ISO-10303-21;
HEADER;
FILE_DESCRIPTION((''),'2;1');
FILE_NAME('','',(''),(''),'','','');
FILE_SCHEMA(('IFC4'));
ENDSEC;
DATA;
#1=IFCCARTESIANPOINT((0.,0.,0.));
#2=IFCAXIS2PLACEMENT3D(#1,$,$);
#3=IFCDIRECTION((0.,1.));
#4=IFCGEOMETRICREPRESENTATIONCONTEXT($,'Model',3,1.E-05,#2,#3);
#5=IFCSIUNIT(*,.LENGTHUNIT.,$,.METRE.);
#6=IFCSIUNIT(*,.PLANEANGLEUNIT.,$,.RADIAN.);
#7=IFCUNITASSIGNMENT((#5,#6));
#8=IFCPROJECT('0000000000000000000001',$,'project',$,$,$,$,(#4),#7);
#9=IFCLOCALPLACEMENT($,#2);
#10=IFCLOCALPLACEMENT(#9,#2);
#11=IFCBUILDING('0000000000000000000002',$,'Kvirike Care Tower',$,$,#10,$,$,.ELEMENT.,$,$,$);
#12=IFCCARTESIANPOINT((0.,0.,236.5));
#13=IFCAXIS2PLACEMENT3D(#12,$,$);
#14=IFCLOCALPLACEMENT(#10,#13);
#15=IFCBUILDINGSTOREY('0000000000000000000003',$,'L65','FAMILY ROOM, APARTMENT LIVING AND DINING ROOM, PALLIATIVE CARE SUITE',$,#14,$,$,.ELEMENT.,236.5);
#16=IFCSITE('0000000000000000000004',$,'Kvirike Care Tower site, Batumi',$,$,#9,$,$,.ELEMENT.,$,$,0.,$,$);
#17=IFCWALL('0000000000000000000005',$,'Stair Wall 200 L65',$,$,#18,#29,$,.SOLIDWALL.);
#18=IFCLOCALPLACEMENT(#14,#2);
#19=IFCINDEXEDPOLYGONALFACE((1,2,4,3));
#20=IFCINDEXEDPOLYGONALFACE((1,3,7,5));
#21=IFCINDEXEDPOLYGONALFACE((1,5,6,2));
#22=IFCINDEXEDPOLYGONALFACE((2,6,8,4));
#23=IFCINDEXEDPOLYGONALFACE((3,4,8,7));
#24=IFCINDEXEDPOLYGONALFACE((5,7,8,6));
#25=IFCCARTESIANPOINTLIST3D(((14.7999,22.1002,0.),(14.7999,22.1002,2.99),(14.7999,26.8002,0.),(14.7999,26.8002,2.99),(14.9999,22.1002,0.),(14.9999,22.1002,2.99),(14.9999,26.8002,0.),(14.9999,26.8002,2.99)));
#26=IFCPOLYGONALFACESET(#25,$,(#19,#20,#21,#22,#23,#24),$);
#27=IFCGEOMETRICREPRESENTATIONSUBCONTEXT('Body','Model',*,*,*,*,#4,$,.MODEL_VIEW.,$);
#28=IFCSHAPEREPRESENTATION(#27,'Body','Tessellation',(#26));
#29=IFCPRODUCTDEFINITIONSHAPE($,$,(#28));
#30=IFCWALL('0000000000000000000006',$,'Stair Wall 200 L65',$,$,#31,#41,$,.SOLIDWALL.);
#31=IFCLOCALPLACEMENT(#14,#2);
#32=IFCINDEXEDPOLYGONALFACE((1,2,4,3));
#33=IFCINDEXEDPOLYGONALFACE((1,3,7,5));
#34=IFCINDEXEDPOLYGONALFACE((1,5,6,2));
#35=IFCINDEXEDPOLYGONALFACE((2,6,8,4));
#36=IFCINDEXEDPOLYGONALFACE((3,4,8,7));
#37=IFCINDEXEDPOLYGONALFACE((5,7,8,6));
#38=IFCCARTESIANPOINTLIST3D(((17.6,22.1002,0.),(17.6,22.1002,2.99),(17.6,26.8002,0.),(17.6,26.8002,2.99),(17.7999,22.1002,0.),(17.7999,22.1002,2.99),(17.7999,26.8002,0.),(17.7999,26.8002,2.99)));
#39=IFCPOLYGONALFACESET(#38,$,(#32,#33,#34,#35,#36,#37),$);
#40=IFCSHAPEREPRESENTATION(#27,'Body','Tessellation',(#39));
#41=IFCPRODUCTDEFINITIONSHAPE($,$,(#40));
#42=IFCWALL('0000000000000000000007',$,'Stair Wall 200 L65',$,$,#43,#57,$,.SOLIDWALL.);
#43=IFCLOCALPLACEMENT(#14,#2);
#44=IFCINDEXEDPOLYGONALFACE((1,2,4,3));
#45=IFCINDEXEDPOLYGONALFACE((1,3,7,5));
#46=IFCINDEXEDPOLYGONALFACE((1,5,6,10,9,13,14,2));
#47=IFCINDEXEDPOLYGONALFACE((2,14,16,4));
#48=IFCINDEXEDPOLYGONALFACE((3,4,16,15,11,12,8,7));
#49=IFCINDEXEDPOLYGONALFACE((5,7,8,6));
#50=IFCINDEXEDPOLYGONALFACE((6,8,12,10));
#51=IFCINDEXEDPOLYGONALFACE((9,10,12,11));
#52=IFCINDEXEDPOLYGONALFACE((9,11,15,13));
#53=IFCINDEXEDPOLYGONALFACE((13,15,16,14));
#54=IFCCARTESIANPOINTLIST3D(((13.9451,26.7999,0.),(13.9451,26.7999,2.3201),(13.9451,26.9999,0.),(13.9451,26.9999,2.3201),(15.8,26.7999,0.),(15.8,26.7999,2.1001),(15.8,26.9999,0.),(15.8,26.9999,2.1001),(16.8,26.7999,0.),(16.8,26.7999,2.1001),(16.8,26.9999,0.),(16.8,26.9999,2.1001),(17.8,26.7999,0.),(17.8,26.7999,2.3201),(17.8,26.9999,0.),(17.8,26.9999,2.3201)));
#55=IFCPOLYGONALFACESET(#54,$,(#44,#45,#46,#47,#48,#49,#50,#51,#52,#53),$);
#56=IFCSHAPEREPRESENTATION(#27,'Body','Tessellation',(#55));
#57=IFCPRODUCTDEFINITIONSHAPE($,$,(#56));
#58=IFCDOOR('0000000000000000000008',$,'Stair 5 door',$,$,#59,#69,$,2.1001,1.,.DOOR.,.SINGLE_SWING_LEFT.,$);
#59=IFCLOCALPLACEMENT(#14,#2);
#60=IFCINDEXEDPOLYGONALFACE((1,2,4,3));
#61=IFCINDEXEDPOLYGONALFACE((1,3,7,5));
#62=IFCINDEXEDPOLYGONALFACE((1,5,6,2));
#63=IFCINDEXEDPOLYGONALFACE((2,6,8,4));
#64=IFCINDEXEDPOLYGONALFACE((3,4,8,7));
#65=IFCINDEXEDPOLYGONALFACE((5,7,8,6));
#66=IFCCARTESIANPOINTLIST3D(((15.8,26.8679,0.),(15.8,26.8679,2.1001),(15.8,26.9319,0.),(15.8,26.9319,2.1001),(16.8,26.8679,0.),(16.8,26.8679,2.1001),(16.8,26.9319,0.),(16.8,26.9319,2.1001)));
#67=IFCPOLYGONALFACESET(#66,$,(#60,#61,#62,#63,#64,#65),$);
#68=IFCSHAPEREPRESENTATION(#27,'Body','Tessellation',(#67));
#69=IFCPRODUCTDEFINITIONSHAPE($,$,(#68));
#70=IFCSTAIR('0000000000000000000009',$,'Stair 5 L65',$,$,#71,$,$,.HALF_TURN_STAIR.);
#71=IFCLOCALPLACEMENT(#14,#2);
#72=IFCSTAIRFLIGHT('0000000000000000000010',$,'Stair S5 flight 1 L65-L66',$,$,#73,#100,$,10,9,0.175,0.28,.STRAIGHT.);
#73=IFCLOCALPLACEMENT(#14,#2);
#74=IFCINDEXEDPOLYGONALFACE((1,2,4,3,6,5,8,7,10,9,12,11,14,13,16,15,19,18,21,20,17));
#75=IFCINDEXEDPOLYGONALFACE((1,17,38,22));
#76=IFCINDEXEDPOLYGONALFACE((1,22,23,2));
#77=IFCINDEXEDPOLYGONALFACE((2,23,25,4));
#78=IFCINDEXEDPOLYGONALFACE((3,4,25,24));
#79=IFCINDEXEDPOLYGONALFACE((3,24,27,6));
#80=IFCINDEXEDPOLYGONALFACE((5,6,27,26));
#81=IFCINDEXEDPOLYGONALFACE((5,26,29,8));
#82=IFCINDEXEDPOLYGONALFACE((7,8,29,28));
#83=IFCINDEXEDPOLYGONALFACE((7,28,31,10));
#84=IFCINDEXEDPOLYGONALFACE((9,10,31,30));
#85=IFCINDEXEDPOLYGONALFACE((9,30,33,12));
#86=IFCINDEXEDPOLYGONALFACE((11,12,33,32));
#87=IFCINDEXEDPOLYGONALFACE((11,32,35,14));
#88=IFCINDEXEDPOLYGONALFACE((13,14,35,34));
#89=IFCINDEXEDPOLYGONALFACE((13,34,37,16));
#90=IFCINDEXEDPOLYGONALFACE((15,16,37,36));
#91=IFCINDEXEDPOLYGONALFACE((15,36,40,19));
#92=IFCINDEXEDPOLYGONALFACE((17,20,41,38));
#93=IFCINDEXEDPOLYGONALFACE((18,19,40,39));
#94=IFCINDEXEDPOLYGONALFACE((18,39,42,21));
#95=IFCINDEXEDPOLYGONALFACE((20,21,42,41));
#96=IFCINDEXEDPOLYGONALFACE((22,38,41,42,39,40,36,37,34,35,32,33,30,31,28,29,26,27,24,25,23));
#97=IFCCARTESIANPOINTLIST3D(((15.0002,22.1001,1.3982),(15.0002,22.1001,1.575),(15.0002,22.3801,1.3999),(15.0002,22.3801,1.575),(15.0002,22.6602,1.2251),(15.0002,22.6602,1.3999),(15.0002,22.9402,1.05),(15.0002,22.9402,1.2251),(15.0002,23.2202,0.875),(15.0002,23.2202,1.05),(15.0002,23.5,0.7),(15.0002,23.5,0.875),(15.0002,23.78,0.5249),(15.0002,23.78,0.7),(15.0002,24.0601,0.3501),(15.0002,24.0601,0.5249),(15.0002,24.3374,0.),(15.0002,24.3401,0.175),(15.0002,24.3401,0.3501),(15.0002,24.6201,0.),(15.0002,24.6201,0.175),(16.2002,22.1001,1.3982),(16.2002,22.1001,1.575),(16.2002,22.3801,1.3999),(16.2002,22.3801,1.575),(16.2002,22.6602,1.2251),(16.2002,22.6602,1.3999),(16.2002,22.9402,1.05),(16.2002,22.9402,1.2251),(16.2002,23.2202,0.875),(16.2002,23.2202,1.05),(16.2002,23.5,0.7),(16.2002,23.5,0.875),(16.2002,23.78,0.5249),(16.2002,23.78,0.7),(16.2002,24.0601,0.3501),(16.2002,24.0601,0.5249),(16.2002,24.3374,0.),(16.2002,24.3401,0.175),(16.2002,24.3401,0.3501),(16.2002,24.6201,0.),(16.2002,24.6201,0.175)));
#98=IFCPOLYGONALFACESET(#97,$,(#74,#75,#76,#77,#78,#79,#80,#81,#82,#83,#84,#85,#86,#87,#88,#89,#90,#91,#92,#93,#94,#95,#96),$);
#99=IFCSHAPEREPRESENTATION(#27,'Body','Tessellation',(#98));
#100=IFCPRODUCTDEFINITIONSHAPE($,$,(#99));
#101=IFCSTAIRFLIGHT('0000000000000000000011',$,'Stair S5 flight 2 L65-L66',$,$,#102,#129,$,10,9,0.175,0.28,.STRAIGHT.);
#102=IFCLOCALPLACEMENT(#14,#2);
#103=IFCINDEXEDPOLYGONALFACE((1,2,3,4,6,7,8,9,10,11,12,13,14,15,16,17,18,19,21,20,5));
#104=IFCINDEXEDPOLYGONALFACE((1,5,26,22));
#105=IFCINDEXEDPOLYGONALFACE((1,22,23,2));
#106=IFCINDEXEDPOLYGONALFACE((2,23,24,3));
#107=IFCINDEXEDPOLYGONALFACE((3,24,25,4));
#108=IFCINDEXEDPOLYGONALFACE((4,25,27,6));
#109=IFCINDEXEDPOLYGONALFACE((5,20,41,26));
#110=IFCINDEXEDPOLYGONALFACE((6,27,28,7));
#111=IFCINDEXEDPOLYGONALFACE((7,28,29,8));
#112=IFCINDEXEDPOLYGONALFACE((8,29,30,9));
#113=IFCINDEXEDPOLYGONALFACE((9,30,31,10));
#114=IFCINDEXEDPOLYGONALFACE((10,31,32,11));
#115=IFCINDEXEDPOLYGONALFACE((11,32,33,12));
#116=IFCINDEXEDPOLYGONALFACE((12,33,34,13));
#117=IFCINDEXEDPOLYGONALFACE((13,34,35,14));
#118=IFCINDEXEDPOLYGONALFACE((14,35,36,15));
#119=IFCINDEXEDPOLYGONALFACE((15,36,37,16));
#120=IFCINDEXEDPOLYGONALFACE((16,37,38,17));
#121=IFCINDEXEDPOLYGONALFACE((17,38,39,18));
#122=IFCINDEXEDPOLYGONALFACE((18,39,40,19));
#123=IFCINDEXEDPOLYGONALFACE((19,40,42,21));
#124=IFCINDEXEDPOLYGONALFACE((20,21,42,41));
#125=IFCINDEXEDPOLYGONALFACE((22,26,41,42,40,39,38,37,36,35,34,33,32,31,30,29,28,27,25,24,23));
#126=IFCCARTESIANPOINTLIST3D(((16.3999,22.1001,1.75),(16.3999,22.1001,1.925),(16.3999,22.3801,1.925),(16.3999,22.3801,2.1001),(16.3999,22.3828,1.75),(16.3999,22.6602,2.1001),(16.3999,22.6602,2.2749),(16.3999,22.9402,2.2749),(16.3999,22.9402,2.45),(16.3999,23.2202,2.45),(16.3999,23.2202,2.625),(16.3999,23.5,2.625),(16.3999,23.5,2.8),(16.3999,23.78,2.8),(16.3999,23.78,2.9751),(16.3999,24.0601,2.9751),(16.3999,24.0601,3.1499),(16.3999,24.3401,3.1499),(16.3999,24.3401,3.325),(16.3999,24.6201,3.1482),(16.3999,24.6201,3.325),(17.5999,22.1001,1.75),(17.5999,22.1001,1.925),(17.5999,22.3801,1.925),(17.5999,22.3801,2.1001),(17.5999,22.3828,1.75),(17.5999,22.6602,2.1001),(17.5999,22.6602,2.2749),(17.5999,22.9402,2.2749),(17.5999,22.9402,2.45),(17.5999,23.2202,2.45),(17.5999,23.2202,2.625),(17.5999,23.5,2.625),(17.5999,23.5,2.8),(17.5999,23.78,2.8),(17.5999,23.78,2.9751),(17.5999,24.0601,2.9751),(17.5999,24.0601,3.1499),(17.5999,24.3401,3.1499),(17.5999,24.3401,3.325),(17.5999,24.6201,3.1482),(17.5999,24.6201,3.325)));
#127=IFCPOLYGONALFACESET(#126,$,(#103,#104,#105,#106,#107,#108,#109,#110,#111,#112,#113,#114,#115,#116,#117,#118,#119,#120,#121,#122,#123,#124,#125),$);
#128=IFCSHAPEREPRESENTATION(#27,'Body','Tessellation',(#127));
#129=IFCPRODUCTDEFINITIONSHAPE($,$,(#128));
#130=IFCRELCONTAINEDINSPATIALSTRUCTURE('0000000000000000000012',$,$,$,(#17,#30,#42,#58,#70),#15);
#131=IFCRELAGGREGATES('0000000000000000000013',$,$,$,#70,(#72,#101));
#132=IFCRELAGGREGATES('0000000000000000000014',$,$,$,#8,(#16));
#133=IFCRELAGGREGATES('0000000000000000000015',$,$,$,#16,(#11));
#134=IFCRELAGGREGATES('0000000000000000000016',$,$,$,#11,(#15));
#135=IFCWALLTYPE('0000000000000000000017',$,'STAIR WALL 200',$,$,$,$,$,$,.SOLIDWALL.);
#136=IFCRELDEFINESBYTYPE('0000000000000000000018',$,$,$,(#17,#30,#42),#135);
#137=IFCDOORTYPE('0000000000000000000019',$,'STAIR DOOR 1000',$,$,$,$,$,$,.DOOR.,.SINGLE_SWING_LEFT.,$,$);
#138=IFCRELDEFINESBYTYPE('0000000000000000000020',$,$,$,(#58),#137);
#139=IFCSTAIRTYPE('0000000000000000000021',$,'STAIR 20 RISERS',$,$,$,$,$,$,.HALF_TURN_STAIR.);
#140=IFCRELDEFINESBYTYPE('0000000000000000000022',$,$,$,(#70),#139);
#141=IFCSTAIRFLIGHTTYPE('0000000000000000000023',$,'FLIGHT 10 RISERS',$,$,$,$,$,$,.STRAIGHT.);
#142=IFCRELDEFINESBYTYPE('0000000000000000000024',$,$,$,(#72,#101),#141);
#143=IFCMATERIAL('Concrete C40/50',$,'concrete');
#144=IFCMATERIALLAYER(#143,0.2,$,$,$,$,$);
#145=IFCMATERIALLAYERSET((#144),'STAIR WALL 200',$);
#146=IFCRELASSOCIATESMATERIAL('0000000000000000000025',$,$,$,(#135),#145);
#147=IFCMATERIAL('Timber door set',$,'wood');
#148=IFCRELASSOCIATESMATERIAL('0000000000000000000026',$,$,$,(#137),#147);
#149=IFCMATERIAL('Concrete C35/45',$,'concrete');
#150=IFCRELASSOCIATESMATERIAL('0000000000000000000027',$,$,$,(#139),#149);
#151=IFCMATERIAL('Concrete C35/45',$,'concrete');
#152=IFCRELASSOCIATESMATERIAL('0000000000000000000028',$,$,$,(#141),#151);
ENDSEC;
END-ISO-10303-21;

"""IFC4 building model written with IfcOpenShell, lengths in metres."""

from ifc_helpers import new_model, si_unit, direction, frame, frame_2d, origin, place, context, subcontext, project, spatial, polyline, rectangle, outline, extrude, material, layer, layer_set, type_object, element, fill, aggregate, save


model = new_model("IFC4")

# Units and contexts
model_context = context("Model", 3, precision=1e-05, world=origin(), true_north=direction((0.0, 1.0)))
body_context = subcontext(model_context, "Body", "Model", "MODEL_VIEW")
ifc_project = project(units=[si_unit("LENGTHUNIT", "METRE"), si_unit("PLANEANGLEUNIT", "RADIAN")], contexts=[model_context])

# Site, building, storey
site_placement = place(None, origin())
site = spatial("IfcSite", under=ifc_project, at=site_placement, Name="Kvirike Care Tower site, Batumi", CompositionType="ELEMENT", RefElevation=0.0)
building_placement = place(site_placement, origin())
building = spatial("IfcBuilding", under=site, at=building_placement, Name="Kvirike Care Tower", CompositionType="ELEMENT")
storey_placement = place(building_placement, frame((0.0, 0.0, 236.5)))
storey = spatial("IfcBuildingStorey", under=building, at=storey_placement, Name="L65", Description="FAMILY ROOM, APARTMENT LIVING AND DINING ROOM, PALLIATIVE CARE SUITE", CompositionType="ELEMENT", Elevation=236.5)

# Walls
ifc_material_1 = material(Name="Concrete C40/50", Category="concrete")
ifc_layer_1 = layer(ifc_material_1, 0.2)
ifc_layer_set_1 = layer_set([ifc_layer_1], Name="STAIR WALL 200")
wall_type_1 = type_object("IfcWallType", Name="STAIR WALL 200", PredefinedType="SOLIDWALL", material=ifc_layer_set_1)
for number, where, z_axis, x_axis, name in (
    (1, (14.8999, 22.1001, 0.0), (0.0, 0.0, 1.0), (0.0, 1.0, 0.0), "Stair Wall 200 L65"),
    (2, (17.7, 22.1001, 0.0), (0.0, 0.0, 1.0), (0.0, 1.0, 0.0), "Stair Wall 200 L65"),
):
    element("IfcWall", number, at=place(storey_placement, frame(where, z_axis=z_axis, x_axis=x_axis)), inside=storey, type_object=wall_type_1, Name=name, PredefinedType="SOLIDWALL", context=body_context, shape_type="SweptSolid", body=[
        extrude(rectangle(XDim=4.7, YDim=0.2, at=frame_2d((2.3501, 0.0))), origin(), (0.0, 0.0, 1.0), 2.99),
    ])

# Wall, opening, door
wall_1_placement = place(storey_placement, frame((13.9451, 26.8999, 0.0), z_axis=(0.0, 0.0, 1.0), x_axis=(1.0, 0.0, 0.0)))
wall_1 = element("IfcWall", 3, at=wall_1_placement, inside=storey, type_object=wall_type_1, Name="Stair Wall 200 L65", PredefinedType="SOLIDWALL", context=body_context, shape_type="SweptSolid", body=[
    extrude(rectangle(XDim=3.855, YDim=0.2, at=frame_2d((1.9275, 0.0))), origin(), (0.0, 0.0, 1.0), 2.3201),
])
opening_1_placement = place(wall_1_placement, frame((1.855, 0.0, 0.0)))
opening_1 = element("IfcOpeningElement", 4, at=opening_1_placement, cuts=wall_1, PredefinedType="OPENING", context=body_context, shape_type="SweptSolid", body=[
    extrude(rectangle(XDim=1.0, YDim=2.1001, at=frame_2d((0.5, 1.05))), frame((0.0, 0.1106, 0.0), z_axis=(0.0, -1.0, 0.0), x_axis=(1.0, 0.0, 0.0)), (0.0, 0.0, 1.0), 0.2209),
])
ifc_material_2 = material(Name="Timber door set", Category="wood")
door_type_1 = type_object("IfcDoorType", Name="STAIR DOOR 1000", OperationType="SINGLE_SWING_LEFT", PredefinedType="DOOR", material=ifc_material_2)
door_1_placement = place(opening_1_placement, frame((1.0, 0.0, 0.0), z_axis=(0.0, 0.0, 1.0), x_axis=(-1.0, 0.0, 0.0)))
door_1 = element("IfcDoor", 5, at=door_1_placement, inside=storey, type_object=door_type_1, Name="Stair 5 door", OperationType="SINGLE_SWING_LEFT", OverallHeight=2.1001, OverallWidth=1.0, PredefinedType="DOOR", context=body_context, shape_type="SweptSolid", body=[
    extrude(rectangle(XDim=1.0, YDim=2.1001, at=frame_2d((0.5, 1.05))), frame((0.0, 0.032, 0.0), z_axis=(0.0, -1.0, 0.0), x_axis=(1.0, 0.0, 0.0)), (0.0, 0.0, 1.0), 0.064),
])
fill(opening_1, door_1)

# Stair, stair flights
ifc_material_3 = material(Name="Concrete C35/45", Category="concrete")
stair_type = type_object("IfcStairType", Name="STAIR 20 RISERS", PredefinedType="HALF_TURN_STAIR", material=ifc_material_3)
stair_placement = place(storey_placement, origin())
stair = element("IfcStair", 6, at=stair_placement, inside=storey, type_object=stair_type, Name="Stair 5 L65", PredefinedType="HALF_TURN_STAIR")
ifc_material_4 = material(Name="Concrete C35/45", Category="concrete")
stair_flight_type = type_object("IfcStairFlightType", Name="FLIGHT 10 RISERS", PredefinedType="STRAIGHT", material=ifc_material_4)
stair_flight_1_placement = place(storey_placement, frame((15.6001, 24.6201, 0.0), z_axis=(0.0, 0.0, 1.0), x_axis=(0.0, -1.0, 0.0)))
stair_flight_1 = element("IfcStairFlight", 7, at=stair_flight_1_placement, type_object=stair_flight_type, Name="Stair S5 flight 1 L65-L66", NumberOfRisers=10, NumberOfTreads=9, PredefinedType="STRAIGHT", RiserHeight=0.175, TreadLength=0.28, context=body_context, shape_type="SweptSolid", body=[
    extrude(outline(polyline([(0.0, 0.0), (0.0, 0.175), (0.28, 0.175), (0.28, 0.3501), (0.5601, 0.3501), (0.5601, 0.5249), (0.8401, 0.5249), (0.8401, 0.7), (1.1201, 0.7), (1.1201, 0.875), (1.3999, 0.875), (1.3999, 1.05), (1.6799, 1.05), (1.6799, 1.2251), (1.96, 1.2251), (1.96, 1.3999), (2.24, 1.3999), (2.24, 1.575), (2.52, 1.575), (2.52, 1.75), (2.52, 1.3982), (0.2827, 0.0), (0.0, 0.0)])), frame((0.0, 0.6001, 0.0), z_axis=(0.0, -1.0, 0.0), x_axis=(1.0, 0.0, 0.0)), (0.0, 0.0, 1.0), 1.2),
])
stair_flight_2_placement = place(storey_placement, frame((17.0, 22.1001, 1.75), z_axis=(0.0, 0.0, 1.0), x_axis=(0.0, 1.0, 0.0)))
stair_flight_2 = element("IfcStairFlight", 8, at=stair_flight_2_placement, type_object=stair_flight_type, Name="Stair S5 flight 2 L65-L66", NumberOfRisers=10, NumberOfTreads=9, PredefinedType="STRAIGHT", RiserHeight=0.175, TreadLength=0.28, context=body_context, shape_type="SweptSolid", body=[
    extrude(outline(polyline([(0.0, 0.0), (0.0, 0.175), (0.28, 0.175), (0.28, 0.3501), (0.5601, 0.3501), (0.5601, 0.5249), (0.8401, 0.5249), (0.8401, 0.7), (1.1201, 0.7), (1.1201, 0.875), (1.3999, 0.875), (1.3999, 1.05), (1.6799, 1.05), (1.6799, 1.2251), (1.96, 1.2251), (1.96, 1.3999), (2.24, 1.3999), (2.24, 1.575), (2.52, 1.575), (2.52, 1.75), (2.52, 1.3982), (0.2827, 0.0), (0.0, 0.0)])), frame((0.0, 0.6001, 0.0), z_axis=(0.0, -1.0, 0.0), x_axis=(1.0, 0.0, 0.0)), (0.0, 0.0, 1.0), 1.2),
])
aggregate(stair, [stair_flight_1, stair_flight_2])

save(model, "model.ifc")
